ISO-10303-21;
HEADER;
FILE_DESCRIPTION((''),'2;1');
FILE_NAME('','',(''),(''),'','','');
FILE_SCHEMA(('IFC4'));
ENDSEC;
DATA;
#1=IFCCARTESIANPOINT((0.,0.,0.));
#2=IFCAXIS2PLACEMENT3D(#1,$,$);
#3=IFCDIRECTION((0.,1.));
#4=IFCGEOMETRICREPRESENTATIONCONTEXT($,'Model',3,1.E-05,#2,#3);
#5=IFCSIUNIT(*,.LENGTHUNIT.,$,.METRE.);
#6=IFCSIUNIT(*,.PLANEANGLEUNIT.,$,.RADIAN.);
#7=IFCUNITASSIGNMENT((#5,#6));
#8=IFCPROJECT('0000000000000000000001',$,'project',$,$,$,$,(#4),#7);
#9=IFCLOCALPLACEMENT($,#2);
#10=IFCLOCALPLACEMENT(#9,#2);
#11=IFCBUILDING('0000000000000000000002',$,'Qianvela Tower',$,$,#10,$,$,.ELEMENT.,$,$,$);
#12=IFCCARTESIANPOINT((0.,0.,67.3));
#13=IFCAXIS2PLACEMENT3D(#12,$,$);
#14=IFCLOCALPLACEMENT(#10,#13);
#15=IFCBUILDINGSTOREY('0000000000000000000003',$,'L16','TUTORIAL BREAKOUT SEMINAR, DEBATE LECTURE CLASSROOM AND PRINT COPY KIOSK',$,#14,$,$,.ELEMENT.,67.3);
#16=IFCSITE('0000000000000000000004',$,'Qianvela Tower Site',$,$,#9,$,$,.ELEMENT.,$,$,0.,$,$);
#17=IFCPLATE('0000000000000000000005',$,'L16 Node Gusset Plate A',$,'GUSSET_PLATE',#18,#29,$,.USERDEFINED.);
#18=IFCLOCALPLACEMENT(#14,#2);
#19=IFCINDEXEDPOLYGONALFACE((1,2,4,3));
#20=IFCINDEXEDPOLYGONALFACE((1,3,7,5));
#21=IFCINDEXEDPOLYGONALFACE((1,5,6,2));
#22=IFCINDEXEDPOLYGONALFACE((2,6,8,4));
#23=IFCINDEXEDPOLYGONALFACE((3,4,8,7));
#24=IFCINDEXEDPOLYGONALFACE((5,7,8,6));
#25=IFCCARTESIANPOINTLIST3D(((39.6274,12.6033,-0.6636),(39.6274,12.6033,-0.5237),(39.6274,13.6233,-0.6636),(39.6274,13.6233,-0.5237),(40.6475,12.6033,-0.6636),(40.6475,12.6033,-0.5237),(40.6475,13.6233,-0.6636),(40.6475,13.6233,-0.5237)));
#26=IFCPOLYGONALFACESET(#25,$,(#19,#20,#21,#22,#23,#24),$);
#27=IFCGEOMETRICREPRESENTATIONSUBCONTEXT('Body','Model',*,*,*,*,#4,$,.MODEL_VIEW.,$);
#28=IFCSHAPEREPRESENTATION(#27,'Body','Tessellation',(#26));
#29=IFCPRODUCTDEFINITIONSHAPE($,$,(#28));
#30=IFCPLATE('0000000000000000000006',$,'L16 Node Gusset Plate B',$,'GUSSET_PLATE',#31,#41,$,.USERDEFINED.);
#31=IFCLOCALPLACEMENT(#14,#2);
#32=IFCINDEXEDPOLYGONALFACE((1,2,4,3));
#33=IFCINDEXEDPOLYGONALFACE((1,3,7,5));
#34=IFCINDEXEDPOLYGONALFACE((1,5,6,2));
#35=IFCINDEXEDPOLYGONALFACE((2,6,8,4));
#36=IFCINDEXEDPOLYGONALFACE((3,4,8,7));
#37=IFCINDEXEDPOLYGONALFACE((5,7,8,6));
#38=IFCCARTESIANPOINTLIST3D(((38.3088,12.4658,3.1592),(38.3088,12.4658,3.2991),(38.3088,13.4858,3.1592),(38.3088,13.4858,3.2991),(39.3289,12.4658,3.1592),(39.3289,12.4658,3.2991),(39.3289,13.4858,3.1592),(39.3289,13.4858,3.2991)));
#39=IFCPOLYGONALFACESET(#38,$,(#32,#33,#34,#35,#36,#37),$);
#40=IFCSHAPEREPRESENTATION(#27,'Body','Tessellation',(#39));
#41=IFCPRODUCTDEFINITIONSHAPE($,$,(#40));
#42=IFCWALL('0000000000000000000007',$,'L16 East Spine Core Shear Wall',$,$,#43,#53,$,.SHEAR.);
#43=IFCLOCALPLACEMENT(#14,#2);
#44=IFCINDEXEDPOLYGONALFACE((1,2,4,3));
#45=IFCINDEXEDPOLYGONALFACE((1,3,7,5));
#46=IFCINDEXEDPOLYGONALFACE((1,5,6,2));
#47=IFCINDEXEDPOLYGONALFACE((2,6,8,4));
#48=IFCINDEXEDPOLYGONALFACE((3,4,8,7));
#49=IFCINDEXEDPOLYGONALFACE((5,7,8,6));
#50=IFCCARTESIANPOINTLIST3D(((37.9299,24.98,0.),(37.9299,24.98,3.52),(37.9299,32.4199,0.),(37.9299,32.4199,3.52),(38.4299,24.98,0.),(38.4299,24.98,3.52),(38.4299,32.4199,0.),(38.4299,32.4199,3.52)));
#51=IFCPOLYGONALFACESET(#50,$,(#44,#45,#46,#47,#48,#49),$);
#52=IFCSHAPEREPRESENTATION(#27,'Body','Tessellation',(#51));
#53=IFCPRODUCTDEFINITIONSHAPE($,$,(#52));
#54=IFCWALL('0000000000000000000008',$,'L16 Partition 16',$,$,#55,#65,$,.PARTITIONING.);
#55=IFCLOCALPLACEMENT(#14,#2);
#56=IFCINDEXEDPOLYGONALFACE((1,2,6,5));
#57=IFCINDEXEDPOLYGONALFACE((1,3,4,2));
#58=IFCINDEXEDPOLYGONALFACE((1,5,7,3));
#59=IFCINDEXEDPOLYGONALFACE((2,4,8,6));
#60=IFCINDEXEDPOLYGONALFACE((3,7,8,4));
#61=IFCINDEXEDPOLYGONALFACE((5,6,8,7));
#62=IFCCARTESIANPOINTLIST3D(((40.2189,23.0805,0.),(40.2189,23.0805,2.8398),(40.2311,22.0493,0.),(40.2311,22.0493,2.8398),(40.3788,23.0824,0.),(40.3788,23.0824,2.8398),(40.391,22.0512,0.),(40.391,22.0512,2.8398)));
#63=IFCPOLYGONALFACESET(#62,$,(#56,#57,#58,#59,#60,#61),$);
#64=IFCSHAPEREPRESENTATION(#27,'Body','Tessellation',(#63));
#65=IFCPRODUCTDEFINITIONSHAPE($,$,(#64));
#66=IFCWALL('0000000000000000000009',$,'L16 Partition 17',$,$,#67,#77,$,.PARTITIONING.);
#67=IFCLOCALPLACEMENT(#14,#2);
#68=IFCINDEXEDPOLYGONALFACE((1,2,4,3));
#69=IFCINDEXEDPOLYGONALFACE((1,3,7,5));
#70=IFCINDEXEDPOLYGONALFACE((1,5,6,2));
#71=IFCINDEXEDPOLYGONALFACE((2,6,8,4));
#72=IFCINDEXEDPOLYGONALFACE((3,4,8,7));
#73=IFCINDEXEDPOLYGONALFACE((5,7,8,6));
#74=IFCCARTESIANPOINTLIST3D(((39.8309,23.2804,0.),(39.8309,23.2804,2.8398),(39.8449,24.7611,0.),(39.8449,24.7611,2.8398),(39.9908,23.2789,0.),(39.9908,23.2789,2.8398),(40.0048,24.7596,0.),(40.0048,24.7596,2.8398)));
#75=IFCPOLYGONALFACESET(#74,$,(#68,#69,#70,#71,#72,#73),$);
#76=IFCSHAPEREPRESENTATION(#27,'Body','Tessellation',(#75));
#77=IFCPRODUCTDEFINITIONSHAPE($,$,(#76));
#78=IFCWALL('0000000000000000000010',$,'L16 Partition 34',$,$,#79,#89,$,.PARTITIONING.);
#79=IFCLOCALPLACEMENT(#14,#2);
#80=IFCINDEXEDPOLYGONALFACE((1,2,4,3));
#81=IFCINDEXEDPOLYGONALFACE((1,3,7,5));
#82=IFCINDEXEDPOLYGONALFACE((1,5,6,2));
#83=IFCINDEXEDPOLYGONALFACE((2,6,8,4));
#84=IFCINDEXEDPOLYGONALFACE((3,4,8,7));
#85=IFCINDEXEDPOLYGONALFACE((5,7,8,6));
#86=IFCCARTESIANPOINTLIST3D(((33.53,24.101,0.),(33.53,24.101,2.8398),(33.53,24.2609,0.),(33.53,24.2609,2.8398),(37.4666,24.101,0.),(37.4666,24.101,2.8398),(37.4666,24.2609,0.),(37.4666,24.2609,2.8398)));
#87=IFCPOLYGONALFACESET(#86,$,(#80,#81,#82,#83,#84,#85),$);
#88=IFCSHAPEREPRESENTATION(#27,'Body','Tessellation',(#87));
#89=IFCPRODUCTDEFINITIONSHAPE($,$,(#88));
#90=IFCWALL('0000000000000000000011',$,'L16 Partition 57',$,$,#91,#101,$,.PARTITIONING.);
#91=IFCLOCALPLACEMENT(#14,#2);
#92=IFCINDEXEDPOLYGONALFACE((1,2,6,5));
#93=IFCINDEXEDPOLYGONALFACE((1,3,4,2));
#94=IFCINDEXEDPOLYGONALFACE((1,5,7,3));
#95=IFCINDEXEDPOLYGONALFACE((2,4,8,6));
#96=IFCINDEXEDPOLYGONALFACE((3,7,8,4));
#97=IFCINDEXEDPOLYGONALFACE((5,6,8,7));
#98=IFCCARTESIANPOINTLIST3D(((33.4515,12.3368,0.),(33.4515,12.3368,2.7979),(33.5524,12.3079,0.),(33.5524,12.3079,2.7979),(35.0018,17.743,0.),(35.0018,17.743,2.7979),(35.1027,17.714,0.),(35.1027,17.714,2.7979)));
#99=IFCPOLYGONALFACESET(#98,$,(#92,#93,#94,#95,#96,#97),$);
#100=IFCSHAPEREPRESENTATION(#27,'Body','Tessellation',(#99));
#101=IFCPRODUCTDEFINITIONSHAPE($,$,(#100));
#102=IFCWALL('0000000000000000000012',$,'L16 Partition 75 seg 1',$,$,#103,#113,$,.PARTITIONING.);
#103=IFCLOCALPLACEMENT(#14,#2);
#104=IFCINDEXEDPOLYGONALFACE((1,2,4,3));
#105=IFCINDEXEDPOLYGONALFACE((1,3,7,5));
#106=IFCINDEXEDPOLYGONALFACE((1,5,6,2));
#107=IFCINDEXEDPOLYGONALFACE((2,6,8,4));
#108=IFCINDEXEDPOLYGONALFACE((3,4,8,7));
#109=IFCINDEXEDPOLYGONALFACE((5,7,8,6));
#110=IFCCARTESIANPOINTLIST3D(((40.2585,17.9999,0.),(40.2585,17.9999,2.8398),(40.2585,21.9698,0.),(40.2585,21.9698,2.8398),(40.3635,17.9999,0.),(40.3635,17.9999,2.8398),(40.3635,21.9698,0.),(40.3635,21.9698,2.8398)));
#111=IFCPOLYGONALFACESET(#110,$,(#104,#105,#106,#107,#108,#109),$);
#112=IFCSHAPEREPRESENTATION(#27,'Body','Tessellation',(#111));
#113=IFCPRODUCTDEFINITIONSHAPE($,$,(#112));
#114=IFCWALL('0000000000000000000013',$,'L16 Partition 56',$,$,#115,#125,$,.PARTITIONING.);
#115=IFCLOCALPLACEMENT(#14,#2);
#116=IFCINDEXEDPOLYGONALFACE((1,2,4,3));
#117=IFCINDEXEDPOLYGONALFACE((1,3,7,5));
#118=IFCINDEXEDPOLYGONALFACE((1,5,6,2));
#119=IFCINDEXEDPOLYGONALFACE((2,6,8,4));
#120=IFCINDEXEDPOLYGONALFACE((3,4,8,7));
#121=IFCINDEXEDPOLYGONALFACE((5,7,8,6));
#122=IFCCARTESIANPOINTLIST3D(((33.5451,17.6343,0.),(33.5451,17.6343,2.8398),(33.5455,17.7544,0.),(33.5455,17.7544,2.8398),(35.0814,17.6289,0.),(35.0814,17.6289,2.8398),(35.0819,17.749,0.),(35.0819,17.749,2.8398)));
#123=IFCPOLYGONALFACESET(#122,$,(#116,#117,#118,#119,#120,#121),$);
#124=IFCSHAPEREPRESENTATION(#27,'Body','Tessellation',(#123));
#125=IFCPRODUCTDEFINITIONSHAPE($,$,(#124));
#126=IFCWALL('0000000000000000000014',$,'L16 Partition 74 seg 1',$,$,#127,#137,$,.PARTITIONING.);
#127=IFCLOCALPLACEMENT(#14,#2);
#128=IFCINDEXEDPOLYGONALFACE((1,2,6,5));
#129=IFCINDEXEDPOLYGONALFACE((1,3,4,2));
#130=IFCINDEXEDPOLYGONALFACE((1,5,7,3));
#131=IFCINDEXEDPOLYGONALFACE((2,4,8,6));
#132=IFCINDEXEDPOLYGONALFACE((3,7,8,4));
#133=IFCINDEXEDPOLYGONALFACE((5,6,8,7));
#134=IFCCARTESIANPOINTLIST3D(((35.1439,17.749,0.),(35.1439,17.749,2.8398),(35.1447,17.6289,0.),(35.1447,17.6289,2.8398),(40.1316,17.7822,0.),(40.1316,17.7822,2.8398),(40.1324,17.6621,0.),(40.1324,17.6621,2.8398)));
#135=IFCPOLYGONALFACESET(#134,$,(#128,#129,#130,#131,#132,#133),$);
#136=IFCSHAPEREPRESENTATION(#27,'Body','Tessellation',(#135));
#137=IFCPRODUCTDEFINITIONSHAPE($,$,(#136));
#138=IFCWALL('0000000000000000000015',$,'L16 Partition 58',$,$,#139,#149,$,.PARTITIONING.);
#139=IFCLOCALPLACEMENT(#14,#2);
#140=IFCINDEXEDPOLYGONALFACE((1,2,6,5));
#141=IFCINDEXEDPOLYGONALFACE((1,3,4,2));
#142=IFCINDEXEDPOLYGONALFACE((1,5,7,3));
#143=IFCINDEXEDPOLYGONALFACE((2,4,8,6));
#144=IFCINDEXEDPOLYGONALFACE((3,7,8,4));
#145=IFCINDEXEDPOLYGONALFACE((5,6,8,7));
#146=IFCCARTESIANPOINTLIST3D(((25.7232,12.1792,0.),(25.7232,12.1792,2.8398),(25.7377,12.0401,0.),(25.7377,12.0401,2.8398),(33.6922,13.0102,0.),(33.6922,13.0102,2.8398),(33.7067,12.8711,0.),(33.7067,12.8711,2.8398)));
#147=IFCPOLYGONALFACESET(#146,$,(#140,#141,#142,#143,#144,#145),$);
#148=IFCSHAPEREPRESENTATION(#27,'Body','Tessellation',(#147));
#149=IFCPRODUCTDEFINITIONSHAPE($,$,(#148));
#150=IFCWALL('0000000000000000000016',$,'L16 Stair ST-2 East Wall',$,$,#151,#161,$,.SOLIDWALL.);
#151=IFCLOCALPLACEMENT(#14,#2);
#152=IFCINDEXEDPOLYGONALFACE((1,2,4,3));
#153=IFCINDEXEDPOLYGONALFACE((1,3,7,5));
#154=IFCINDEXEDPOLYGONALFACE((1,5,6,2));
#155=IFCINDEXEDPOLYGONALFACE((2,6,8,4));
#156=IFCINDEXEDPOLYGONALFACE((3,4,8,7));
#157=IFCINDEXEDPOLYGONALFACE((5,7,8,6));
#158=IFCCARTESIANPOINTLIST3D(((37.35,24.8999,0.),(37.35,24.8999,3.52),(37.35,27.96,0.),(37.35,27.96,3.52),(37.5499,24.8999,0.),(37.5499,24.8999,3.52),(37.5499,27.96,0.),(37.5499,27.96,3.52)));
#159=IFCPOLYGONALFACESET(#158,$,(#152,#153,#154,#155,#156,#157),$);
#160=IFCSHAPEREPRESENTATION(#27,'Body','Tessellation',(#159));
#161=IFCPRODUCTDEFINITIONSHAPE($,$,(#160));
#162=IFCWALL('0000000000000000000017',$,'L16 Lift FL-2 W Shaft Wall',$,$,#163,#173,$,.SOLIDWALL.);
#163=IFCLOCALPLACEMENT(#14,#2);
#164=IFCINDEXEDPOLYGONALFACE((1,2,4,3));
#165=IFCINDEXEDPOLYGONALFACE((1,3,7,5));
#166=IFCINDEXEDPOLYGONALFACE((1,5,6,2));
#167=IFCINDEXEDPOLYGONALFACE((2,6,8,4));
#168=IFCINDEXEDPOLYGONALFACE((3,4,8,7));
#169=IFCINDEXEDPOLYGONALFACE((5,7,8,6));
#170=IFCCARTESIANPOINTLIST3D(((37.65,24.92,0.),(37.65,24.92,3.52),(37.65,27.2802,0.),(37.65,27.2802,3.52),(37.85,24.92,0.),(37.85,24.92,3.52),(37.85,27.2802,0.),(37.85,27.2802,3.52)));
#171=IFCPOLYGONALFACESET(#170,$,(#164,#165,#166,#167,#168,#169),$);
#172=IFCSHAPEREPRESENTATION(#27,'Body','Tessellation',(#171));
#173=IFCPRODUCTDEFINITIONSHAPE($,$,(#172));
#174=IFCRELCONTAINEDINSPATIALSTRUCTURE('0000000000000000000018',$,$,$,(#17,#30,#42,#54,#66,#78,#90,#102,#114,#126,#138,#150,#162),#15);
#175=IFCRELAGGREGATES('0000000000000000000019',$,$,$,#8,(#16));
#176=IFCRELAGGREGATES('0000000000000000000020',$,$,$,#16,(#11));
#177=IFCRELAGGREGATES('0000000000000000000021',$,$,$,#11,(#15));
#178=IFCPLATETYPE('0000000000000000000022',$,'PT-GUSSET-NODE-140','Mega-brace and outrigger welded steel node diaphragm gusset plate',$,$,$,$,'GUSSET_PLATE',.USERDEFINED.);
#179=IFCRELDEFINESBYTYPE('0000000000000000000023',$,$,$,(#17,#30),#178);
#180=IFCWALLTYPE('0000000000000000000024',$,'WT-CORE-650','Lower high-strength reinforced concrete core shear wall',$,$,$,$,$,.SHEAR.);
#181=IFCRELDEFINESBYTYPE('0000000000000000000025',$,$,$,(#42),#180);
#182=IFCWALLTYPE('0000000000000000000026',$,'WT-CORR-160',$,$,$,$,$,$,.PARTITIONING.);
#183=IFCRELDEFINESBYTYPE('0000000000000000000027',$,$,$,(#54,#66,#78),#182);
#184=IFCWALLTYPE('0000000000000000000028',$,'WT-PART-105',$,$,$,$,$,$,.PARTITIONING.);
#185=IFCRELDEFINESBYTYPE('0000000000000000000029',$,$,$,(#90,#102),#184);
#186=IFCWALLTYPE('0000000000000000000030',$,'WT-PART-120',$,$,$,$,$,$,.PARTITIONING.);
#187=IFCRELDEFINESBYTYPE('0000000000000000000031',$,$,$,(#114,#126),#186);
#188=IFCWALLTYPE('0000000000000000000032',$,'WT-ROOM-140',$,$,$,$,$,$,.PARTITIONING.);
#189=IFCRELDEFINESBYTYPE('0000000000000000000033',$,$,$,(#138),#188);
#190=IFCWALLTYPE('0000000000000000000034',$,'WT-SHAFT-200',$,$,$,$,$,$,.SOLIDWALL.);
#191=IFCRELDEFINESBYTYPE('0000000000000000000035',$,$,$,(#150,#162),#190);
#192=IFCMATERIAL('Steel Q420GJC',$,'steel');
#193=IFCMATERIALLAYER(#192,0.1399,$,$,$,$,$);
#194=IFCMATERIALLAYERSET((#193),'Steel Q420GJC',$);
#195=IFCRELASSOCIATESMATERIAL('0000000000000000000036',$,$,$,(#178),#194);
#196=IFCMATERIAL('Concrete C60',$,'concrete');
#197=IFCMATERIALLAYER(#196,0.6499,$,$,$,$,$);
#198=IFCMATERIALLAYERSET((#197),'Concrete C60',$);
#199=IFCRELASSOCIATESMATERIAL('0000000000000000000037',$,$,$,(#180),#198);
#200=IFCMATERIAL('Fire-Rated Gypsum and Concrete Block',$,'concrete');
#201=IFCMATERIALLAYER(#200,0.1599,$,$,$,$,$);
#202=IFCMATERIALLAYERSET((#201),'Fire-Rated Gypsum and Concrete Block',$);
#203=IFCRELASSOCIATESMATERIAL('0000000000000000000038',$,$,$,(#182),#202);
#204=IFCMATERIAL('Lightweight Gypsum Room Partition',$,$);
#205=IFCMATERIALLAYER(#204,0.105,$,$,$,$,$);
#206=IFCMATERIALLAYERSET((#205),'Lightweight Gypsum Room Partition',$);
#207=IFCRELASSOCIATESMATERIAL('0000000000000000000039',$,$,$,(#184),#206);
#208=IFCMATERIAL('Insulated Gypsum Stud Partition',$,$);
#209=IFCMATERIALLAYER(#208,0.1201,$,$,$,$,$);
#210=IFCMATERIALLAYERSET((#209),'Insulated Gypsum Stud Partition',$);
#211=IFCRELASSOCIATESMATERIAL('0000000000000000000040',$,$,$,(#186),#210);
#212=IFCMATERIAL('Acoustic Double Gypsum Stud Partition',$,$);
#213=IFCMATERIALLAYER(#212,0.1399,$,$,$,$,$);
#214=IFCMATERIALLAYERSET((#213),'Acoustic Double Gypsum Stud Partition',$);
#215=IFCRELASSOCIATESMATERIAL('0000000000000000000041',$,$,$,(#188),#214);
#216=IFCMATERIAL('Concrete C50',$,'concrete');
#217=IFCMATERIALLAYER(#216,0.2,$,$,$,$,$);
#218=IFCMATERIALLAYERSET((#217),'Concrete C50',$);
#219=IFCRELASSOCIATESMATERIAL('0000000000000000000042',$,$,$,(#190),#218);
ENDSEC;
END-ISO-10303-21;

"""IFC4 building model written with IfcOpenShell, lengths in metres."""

from ifc_helpers import new_model, si_unit, direction, frame, frame_2d, origin, origin_2d, place, context, subcontext, project, spatial, rectangle, extrude, material, layer, layer_set, type_object, element, save


model = new_model("IFC4")

# Units and contexts
model_context = context("Model", 3, precision=1e-05, world=origin(), true_north=direction((0.0, 1.0)))
body_context = subcontext(model_context, "Body", "Model", "MODEL_VIEW")
ifc_project = project(units=[si_unit("LENGTHUNIT", "METRE"), si_unit("PLANEANGLEUNIT", "RADIAN")], contexts=[model_context])

# Site, building, storey
site_placement = place(None, origin())
site = spatial("IfcSite", under=ifc_project, at=site_placement, Name="Qianvela Tower Site", CompositionType="ELEMENT", RefElevation=0.0)
building_placement = place(site_placement, origin())
building = spatial("IfcBuilding", under=site, at=building_placement, Name="Qianvela Tower", CompositionType="ELEMENT")
storey_placement = place(building_placement, frame((0.0, 0.0, 67.3)))
storey = spatial("IfcBuildingStorey", under=building, at=storey_placement, Name="L16", Description="TUTORIAL BREAKOUT SEMINAR, DEBATE LECTURE CLASSROOM AND PRINT COPY KIOSK", CompositionType="ELEMENT", Elevation=67.3)

# Plates
ifc_material_1 = material(Name="Steel Q420GJC", Category="steel")
ifc_layer_1 = layer(ifc_material_1, 0.1399)
ifc_layer_set_1 = layer_set([ifc_layer_1], Name="Steel Q420GJC")
plate_type_1 = type_object("IfcPlateType", Name="PT-GUSSET-NODE-140", Description="Mega-brace and outrigger welded steel node diaphragm gusset plate", ElementType="GUSSET_PLATE", PredefinedType="USERDEFINED", material=ifc_layer_set_1)
for number, where, z_axis, x_axis, name in (
    (1, (40.1375, 13.1133, -0.6636), (0.0, 0.0, 1.0), (1.0, 0.0, 0.0), "L16 Node Gusset Plate A"),
    (2, (38.8188, 12.9758, 3.1592), (0.0, 0.0, 1.0), (1.0, 0.0, 0.0), "L16 Node Gusset Plate B"),
):
    element("IfcPlate", number, at=place(storey_placement, frame(where, z_axis=z_axis, x_axis=x_axis)), inside=storey, type_object=plate_type_1, Name=name, ObjectType="GUSSET_PLATE", PredefinedType="USERDEFINED", context=body_context, shape_type="SweptSolid", body=[
        extrude(rectangle(XDim=1.02, YDim=1.02, at=origin_2d()), origin(), (0.0, 0.0, 1.0), 0.1399),
    ])

# Walls
ifc_material_2 = material(Name="Concrete C60", Category="concrete")
ifc_layer_2 = layer(ifc_material_2, 0.6499)
ifc_layer_set_2 = layer_set([ifc_layer_2], Name="Concrete C60")
wall_type_1 = type_object("IfcWallType", Name="WT-CORE-650", Description="Lower high-strength reinforced concrete core shear wall", PredefinedType="SHEAR", material=ifc_layer_set_2)
wall_1_placement = place(storey_placement, frame((38.1799, 24.98, 0.0), z_axis=(0.0, 0.0, 1.0), x_axis=(0.0, 1.0, 0.0)))
element("IfcWall", 3, at=wall_1_placement, inside=storey, type_object=wall_type_1, Name="L16 East Spine Core Shear Wall", PredefinedType="SHEAR", context=body_context, shape_type="SweptSolid", body=[
    extrude(rectangle(XDim=7.4399, YDim=0.5, at=frame_2d((3.72, 0.0))), origin(), (0.0, 0.0, 1.0), 3.52),
])
ifc_material_3 = material(Name="Fire-Rated Gypsum and Concrete Block", Category="concrete")
ifc_layer_3 = layer(ifc_material_3, 0.1599)
ifc_layer_set_3 = layer_set([ifc_layer_3], Name="Fire-Rated Gypsum and Concrete Block")
wall_type_2 = type_object("IfcWallType", Name="WT-CORR-160", PredefinedType="PARTITIONING", material=ifc_layer_set_3)
wall_2_placement = place(storey_placement, frame((40.311, 22.0503, 0.0), z_axis=(0.0, 0.0, 1.0), x_axis=(-0.011836, 0.99993, 0.0)))
element("IfcWall", 4, at=wall_2_placement, inside=storey, type_object=wall_type_2, Name="L16 Partition 16", PredefinedType="PARTITIONING", context=body_context, shape_type="SweptSolid", body=[
    extrude(rectangle(XDim=1.0312, YDim=0.1599, at=frame_2d((0.5156, 0.0))), origin(), (0.0, 0.0, 1.0), 2.8398),
])
wall_3_placement = place(storey_placement, frame((39.9109, 23.2798, 0.0), z_axis=(0.0, 0.0, 1.0), x_axis=(0.009398, 0.999956, 0.0)))
element("IfcWall", 5, at=wall_3_placement, inside=storey, type_object=wall_type_2, Name="L16 Partition 17", PredefinedType="PARTITIONING", context=body_context, shape_type="SweptSolid", body=[
    extrude(rectangle(XDim=1.4807, YDim=0.1599, at=frame_2d((0.7402, 0.0))), origin(), (0.0, 0.0, 1.0), 2.8398),
])
wall_4_placement = place(storey_placement, frame((37.4666, 24.1809, 0.0), z_axis=(0.0, 0.0, 1.0), x_axis=(-1.0, 0.0, 0.0)))
element("IfcWall", 6, at=wall_4_placement, inside=storey, type_object=wall_type_2, Name="L16 Partition 34", PredefinedType="PARTITIONING", context=body_context, shape_type="SweptSolid", body=[
    extrude(rectangle(XDim=3.9365, YDim=0.1599, at=frame_2d((1.9683, 0.0))), origin(), (0.0, 0.0, 1.0), 2.8398),
])
ifc_material_4 = material(Name="Lightweight Gypsum Room Partition")
ifc_layer_4 = layer(ifc_material_4, 0.105)
ifc_layer_set_4 = layer_set([ifc_layer_4], Name="Lightweight Gypsum Room Partition")
wall_type_3 = type_object("IfcWallType", Name="WT-PART-105", PredefinedType="PARTITIONING", material=ifc_layer_set_4)
wall_5_placement = place(storey_placement, frame((35.0522, 17.7285, 0.0), z_axis=(0.0, 0.0, 1.0), x_axis=(-0.27565, -0.961258, 0.0)))
element("IfcWall", 7, at=wall_5_placement, inside=storey, type_object=wall_type_3, Name="L16 Partition 57", PredefinedType="PARTITIONING", context=body_context, shape_type="SweptSolid", body=[
    extrude(rectangle(XDim=5.624, YDim=0.105, at=frame_2d((2.812, 0.0))), origin(), (0.0, 0.0, 1.0), 2.7979),
])
wall_6_placement = place(storey_placement, frame((40.311, 18.0, 0.0), z_axis=(0.0, 0.0, 1.0), x_axis=(0.0, 1.0, 0.0)))
element("IfcWall", 8, at=wall_6_placement, inside=storey, type_object=wall_type_3, Name="L16 Partition 75 seg 1", PredefinedType="PARTITIONING", context=body_context, shape_type="SweptSolid", body=[
    extrude(rectangle(XDim=3.97, YDim=0.105, at=frame_2d((1.9849, 0.0))), origin(), (0.0, 0.0, 1.0), 2.8398),
])
ifc_material_5 = material(Name="Insulated Gypsum Stud Partition")
ifc_layer_5 = layer(ifc_material_5, 0.1201)
ifc_layer_set_5 = layer_set([ifc_layer_5], Name="Insulated Gypsum Stud Partition")
wall_type_4 = type_object("IfcWallType", Name="WT-PART-120", PredefinedType="PARTITIONING", material=ifc_layer_set_5)
wall_7_placement = place(storey_placement, frame((33.5454, 17.6943, 0.0), z_axis=(0.0, 0.0, 1.0), x_axis=(0.999994, -0.003496, 0.0)))
element("IfcWall", 9, at=wall_7_placement, inside=storey, type_object=wall_type_4, Name="L16 Partition 56", PredefinedType="PARTITIONING", context=body_context, shape_type="SweptSolid", body=[
    extrude(rectangle(XDim=1.5364, YDim=0.1201, at=frame_2d((0.7681, 0.0))), origin(), (0.0, 0.0, 1.0), 2.8398),
])
wall_8_placement = place(storey_placement, frame((35.1443, 17.689, 0.0), z_axis=(0.0, 0.0, 1.0), x_axis=(0.999978, 0.006657, 0.0)))
element("IfcWall", 10, at=wall_8_placement, inside=storey, type_object=wall_type_4, Name="L16 Partition 74 seg 1", PredefinedType="PARTITIONING", context=body_context, shape_type="SweptSolid", body=[
    extrude(rectangle(XDim=4.9878, YDim=0.1201, at=frame_2d((2.4939, 0.0))), origin(), (0.0, 0.0, 1.0), 2.8398),
])
ifc_material_6 = material(Name="Acoustic Double Gypsum Stud Partition")
ifc_layer_6 = layer(ifc_material_6, 0.1399)
ifc_layer_set_6 = layer_set([ifc_layer_6], Name="Acoustic Double Gypsum Stud Partition")
wall_type_5 = type_object("IfcWallType", Name="WT-ROOM-140", PredefinedType="PARTITIONING", material=ifc_layer_set_6)
wall_9_placement = place(storey_placement, frame((33.6995, 12.9407, 0.0), z_axis=(0.0, 0.0, 1.0), x_axis=(-0.994606, -0.103724, 0.0)))
element("IfcWall", 11, at=wall_9_placement, inside=storey, type_object=wall_type_5, Name="L16 Partition 58", PredefinedType="PARTITIONING", context=body_context, shape_type="SweptSolid", body=[
    extrude(rectangle(XDim=8.0122, YDim=0.1399, at=frame_2d((4.0061, 0.0))), origin(), (0.0, 0.0, 1.0), 2.8398),
])
ifc_material_7 = material(Name="Concrete C50", Category="concrete")
ifc_layer_7 = layer(ifc_material_7, 0.2)
ifc_layer_set_7 = layer_set([ifc_layer_7], Name="Concrete C50")
wall_type_6 = type_object("IfcWallType", Name="WT-SHAFT-200", PredefinedType="SOLIDWALL", material=ifc_layer_set_7)
wall_10_placement = place(storey_placement, frame((37.45, 24.8999, 0.0), z_axis=(0.0, 0.0, 1.0), x_axis=(0.0, 1.0, 0.0)))
element("IfcWall", 12, at=wall_10_placement, inside=storey, type_object=wall_type_6, Name="L16 Stair ST-2 East Wall", PredefinedType="SOLIDWALL", context=body_context, shape_type="SweptSolid", body=[
    extrude(rectangle(XDim=3.0601, YDim=0.2, at=frame_2d((1.53, 0.0))), origin(), (0.0, 0.0, 1.0), 3.52),
])

# Wall
wall_11_placement = place(storey_placement, frame((37.75, 24.9199, 0.0), z_axis=(0.0, 0.0, 1.0), x_axis=(0.0, 1.0, 0.0)))
element("IfcWall", 13, at=wall_11_placement, inside=storey, type_object=wall_type_6, Name="L16 Lift FL-2 W Shaft Wall", PredefinedType="SOLIDWALL", context=body_context, shape_type="SweptSolid", body=[
    extrude(rectangle(XDim=2.3601, YDim=0.2, at=frame_2d((1.1802, 0.0))), origin(), (0.0, 0.0, 1.0), 3.52),
])

save(model, "model.ifc")
